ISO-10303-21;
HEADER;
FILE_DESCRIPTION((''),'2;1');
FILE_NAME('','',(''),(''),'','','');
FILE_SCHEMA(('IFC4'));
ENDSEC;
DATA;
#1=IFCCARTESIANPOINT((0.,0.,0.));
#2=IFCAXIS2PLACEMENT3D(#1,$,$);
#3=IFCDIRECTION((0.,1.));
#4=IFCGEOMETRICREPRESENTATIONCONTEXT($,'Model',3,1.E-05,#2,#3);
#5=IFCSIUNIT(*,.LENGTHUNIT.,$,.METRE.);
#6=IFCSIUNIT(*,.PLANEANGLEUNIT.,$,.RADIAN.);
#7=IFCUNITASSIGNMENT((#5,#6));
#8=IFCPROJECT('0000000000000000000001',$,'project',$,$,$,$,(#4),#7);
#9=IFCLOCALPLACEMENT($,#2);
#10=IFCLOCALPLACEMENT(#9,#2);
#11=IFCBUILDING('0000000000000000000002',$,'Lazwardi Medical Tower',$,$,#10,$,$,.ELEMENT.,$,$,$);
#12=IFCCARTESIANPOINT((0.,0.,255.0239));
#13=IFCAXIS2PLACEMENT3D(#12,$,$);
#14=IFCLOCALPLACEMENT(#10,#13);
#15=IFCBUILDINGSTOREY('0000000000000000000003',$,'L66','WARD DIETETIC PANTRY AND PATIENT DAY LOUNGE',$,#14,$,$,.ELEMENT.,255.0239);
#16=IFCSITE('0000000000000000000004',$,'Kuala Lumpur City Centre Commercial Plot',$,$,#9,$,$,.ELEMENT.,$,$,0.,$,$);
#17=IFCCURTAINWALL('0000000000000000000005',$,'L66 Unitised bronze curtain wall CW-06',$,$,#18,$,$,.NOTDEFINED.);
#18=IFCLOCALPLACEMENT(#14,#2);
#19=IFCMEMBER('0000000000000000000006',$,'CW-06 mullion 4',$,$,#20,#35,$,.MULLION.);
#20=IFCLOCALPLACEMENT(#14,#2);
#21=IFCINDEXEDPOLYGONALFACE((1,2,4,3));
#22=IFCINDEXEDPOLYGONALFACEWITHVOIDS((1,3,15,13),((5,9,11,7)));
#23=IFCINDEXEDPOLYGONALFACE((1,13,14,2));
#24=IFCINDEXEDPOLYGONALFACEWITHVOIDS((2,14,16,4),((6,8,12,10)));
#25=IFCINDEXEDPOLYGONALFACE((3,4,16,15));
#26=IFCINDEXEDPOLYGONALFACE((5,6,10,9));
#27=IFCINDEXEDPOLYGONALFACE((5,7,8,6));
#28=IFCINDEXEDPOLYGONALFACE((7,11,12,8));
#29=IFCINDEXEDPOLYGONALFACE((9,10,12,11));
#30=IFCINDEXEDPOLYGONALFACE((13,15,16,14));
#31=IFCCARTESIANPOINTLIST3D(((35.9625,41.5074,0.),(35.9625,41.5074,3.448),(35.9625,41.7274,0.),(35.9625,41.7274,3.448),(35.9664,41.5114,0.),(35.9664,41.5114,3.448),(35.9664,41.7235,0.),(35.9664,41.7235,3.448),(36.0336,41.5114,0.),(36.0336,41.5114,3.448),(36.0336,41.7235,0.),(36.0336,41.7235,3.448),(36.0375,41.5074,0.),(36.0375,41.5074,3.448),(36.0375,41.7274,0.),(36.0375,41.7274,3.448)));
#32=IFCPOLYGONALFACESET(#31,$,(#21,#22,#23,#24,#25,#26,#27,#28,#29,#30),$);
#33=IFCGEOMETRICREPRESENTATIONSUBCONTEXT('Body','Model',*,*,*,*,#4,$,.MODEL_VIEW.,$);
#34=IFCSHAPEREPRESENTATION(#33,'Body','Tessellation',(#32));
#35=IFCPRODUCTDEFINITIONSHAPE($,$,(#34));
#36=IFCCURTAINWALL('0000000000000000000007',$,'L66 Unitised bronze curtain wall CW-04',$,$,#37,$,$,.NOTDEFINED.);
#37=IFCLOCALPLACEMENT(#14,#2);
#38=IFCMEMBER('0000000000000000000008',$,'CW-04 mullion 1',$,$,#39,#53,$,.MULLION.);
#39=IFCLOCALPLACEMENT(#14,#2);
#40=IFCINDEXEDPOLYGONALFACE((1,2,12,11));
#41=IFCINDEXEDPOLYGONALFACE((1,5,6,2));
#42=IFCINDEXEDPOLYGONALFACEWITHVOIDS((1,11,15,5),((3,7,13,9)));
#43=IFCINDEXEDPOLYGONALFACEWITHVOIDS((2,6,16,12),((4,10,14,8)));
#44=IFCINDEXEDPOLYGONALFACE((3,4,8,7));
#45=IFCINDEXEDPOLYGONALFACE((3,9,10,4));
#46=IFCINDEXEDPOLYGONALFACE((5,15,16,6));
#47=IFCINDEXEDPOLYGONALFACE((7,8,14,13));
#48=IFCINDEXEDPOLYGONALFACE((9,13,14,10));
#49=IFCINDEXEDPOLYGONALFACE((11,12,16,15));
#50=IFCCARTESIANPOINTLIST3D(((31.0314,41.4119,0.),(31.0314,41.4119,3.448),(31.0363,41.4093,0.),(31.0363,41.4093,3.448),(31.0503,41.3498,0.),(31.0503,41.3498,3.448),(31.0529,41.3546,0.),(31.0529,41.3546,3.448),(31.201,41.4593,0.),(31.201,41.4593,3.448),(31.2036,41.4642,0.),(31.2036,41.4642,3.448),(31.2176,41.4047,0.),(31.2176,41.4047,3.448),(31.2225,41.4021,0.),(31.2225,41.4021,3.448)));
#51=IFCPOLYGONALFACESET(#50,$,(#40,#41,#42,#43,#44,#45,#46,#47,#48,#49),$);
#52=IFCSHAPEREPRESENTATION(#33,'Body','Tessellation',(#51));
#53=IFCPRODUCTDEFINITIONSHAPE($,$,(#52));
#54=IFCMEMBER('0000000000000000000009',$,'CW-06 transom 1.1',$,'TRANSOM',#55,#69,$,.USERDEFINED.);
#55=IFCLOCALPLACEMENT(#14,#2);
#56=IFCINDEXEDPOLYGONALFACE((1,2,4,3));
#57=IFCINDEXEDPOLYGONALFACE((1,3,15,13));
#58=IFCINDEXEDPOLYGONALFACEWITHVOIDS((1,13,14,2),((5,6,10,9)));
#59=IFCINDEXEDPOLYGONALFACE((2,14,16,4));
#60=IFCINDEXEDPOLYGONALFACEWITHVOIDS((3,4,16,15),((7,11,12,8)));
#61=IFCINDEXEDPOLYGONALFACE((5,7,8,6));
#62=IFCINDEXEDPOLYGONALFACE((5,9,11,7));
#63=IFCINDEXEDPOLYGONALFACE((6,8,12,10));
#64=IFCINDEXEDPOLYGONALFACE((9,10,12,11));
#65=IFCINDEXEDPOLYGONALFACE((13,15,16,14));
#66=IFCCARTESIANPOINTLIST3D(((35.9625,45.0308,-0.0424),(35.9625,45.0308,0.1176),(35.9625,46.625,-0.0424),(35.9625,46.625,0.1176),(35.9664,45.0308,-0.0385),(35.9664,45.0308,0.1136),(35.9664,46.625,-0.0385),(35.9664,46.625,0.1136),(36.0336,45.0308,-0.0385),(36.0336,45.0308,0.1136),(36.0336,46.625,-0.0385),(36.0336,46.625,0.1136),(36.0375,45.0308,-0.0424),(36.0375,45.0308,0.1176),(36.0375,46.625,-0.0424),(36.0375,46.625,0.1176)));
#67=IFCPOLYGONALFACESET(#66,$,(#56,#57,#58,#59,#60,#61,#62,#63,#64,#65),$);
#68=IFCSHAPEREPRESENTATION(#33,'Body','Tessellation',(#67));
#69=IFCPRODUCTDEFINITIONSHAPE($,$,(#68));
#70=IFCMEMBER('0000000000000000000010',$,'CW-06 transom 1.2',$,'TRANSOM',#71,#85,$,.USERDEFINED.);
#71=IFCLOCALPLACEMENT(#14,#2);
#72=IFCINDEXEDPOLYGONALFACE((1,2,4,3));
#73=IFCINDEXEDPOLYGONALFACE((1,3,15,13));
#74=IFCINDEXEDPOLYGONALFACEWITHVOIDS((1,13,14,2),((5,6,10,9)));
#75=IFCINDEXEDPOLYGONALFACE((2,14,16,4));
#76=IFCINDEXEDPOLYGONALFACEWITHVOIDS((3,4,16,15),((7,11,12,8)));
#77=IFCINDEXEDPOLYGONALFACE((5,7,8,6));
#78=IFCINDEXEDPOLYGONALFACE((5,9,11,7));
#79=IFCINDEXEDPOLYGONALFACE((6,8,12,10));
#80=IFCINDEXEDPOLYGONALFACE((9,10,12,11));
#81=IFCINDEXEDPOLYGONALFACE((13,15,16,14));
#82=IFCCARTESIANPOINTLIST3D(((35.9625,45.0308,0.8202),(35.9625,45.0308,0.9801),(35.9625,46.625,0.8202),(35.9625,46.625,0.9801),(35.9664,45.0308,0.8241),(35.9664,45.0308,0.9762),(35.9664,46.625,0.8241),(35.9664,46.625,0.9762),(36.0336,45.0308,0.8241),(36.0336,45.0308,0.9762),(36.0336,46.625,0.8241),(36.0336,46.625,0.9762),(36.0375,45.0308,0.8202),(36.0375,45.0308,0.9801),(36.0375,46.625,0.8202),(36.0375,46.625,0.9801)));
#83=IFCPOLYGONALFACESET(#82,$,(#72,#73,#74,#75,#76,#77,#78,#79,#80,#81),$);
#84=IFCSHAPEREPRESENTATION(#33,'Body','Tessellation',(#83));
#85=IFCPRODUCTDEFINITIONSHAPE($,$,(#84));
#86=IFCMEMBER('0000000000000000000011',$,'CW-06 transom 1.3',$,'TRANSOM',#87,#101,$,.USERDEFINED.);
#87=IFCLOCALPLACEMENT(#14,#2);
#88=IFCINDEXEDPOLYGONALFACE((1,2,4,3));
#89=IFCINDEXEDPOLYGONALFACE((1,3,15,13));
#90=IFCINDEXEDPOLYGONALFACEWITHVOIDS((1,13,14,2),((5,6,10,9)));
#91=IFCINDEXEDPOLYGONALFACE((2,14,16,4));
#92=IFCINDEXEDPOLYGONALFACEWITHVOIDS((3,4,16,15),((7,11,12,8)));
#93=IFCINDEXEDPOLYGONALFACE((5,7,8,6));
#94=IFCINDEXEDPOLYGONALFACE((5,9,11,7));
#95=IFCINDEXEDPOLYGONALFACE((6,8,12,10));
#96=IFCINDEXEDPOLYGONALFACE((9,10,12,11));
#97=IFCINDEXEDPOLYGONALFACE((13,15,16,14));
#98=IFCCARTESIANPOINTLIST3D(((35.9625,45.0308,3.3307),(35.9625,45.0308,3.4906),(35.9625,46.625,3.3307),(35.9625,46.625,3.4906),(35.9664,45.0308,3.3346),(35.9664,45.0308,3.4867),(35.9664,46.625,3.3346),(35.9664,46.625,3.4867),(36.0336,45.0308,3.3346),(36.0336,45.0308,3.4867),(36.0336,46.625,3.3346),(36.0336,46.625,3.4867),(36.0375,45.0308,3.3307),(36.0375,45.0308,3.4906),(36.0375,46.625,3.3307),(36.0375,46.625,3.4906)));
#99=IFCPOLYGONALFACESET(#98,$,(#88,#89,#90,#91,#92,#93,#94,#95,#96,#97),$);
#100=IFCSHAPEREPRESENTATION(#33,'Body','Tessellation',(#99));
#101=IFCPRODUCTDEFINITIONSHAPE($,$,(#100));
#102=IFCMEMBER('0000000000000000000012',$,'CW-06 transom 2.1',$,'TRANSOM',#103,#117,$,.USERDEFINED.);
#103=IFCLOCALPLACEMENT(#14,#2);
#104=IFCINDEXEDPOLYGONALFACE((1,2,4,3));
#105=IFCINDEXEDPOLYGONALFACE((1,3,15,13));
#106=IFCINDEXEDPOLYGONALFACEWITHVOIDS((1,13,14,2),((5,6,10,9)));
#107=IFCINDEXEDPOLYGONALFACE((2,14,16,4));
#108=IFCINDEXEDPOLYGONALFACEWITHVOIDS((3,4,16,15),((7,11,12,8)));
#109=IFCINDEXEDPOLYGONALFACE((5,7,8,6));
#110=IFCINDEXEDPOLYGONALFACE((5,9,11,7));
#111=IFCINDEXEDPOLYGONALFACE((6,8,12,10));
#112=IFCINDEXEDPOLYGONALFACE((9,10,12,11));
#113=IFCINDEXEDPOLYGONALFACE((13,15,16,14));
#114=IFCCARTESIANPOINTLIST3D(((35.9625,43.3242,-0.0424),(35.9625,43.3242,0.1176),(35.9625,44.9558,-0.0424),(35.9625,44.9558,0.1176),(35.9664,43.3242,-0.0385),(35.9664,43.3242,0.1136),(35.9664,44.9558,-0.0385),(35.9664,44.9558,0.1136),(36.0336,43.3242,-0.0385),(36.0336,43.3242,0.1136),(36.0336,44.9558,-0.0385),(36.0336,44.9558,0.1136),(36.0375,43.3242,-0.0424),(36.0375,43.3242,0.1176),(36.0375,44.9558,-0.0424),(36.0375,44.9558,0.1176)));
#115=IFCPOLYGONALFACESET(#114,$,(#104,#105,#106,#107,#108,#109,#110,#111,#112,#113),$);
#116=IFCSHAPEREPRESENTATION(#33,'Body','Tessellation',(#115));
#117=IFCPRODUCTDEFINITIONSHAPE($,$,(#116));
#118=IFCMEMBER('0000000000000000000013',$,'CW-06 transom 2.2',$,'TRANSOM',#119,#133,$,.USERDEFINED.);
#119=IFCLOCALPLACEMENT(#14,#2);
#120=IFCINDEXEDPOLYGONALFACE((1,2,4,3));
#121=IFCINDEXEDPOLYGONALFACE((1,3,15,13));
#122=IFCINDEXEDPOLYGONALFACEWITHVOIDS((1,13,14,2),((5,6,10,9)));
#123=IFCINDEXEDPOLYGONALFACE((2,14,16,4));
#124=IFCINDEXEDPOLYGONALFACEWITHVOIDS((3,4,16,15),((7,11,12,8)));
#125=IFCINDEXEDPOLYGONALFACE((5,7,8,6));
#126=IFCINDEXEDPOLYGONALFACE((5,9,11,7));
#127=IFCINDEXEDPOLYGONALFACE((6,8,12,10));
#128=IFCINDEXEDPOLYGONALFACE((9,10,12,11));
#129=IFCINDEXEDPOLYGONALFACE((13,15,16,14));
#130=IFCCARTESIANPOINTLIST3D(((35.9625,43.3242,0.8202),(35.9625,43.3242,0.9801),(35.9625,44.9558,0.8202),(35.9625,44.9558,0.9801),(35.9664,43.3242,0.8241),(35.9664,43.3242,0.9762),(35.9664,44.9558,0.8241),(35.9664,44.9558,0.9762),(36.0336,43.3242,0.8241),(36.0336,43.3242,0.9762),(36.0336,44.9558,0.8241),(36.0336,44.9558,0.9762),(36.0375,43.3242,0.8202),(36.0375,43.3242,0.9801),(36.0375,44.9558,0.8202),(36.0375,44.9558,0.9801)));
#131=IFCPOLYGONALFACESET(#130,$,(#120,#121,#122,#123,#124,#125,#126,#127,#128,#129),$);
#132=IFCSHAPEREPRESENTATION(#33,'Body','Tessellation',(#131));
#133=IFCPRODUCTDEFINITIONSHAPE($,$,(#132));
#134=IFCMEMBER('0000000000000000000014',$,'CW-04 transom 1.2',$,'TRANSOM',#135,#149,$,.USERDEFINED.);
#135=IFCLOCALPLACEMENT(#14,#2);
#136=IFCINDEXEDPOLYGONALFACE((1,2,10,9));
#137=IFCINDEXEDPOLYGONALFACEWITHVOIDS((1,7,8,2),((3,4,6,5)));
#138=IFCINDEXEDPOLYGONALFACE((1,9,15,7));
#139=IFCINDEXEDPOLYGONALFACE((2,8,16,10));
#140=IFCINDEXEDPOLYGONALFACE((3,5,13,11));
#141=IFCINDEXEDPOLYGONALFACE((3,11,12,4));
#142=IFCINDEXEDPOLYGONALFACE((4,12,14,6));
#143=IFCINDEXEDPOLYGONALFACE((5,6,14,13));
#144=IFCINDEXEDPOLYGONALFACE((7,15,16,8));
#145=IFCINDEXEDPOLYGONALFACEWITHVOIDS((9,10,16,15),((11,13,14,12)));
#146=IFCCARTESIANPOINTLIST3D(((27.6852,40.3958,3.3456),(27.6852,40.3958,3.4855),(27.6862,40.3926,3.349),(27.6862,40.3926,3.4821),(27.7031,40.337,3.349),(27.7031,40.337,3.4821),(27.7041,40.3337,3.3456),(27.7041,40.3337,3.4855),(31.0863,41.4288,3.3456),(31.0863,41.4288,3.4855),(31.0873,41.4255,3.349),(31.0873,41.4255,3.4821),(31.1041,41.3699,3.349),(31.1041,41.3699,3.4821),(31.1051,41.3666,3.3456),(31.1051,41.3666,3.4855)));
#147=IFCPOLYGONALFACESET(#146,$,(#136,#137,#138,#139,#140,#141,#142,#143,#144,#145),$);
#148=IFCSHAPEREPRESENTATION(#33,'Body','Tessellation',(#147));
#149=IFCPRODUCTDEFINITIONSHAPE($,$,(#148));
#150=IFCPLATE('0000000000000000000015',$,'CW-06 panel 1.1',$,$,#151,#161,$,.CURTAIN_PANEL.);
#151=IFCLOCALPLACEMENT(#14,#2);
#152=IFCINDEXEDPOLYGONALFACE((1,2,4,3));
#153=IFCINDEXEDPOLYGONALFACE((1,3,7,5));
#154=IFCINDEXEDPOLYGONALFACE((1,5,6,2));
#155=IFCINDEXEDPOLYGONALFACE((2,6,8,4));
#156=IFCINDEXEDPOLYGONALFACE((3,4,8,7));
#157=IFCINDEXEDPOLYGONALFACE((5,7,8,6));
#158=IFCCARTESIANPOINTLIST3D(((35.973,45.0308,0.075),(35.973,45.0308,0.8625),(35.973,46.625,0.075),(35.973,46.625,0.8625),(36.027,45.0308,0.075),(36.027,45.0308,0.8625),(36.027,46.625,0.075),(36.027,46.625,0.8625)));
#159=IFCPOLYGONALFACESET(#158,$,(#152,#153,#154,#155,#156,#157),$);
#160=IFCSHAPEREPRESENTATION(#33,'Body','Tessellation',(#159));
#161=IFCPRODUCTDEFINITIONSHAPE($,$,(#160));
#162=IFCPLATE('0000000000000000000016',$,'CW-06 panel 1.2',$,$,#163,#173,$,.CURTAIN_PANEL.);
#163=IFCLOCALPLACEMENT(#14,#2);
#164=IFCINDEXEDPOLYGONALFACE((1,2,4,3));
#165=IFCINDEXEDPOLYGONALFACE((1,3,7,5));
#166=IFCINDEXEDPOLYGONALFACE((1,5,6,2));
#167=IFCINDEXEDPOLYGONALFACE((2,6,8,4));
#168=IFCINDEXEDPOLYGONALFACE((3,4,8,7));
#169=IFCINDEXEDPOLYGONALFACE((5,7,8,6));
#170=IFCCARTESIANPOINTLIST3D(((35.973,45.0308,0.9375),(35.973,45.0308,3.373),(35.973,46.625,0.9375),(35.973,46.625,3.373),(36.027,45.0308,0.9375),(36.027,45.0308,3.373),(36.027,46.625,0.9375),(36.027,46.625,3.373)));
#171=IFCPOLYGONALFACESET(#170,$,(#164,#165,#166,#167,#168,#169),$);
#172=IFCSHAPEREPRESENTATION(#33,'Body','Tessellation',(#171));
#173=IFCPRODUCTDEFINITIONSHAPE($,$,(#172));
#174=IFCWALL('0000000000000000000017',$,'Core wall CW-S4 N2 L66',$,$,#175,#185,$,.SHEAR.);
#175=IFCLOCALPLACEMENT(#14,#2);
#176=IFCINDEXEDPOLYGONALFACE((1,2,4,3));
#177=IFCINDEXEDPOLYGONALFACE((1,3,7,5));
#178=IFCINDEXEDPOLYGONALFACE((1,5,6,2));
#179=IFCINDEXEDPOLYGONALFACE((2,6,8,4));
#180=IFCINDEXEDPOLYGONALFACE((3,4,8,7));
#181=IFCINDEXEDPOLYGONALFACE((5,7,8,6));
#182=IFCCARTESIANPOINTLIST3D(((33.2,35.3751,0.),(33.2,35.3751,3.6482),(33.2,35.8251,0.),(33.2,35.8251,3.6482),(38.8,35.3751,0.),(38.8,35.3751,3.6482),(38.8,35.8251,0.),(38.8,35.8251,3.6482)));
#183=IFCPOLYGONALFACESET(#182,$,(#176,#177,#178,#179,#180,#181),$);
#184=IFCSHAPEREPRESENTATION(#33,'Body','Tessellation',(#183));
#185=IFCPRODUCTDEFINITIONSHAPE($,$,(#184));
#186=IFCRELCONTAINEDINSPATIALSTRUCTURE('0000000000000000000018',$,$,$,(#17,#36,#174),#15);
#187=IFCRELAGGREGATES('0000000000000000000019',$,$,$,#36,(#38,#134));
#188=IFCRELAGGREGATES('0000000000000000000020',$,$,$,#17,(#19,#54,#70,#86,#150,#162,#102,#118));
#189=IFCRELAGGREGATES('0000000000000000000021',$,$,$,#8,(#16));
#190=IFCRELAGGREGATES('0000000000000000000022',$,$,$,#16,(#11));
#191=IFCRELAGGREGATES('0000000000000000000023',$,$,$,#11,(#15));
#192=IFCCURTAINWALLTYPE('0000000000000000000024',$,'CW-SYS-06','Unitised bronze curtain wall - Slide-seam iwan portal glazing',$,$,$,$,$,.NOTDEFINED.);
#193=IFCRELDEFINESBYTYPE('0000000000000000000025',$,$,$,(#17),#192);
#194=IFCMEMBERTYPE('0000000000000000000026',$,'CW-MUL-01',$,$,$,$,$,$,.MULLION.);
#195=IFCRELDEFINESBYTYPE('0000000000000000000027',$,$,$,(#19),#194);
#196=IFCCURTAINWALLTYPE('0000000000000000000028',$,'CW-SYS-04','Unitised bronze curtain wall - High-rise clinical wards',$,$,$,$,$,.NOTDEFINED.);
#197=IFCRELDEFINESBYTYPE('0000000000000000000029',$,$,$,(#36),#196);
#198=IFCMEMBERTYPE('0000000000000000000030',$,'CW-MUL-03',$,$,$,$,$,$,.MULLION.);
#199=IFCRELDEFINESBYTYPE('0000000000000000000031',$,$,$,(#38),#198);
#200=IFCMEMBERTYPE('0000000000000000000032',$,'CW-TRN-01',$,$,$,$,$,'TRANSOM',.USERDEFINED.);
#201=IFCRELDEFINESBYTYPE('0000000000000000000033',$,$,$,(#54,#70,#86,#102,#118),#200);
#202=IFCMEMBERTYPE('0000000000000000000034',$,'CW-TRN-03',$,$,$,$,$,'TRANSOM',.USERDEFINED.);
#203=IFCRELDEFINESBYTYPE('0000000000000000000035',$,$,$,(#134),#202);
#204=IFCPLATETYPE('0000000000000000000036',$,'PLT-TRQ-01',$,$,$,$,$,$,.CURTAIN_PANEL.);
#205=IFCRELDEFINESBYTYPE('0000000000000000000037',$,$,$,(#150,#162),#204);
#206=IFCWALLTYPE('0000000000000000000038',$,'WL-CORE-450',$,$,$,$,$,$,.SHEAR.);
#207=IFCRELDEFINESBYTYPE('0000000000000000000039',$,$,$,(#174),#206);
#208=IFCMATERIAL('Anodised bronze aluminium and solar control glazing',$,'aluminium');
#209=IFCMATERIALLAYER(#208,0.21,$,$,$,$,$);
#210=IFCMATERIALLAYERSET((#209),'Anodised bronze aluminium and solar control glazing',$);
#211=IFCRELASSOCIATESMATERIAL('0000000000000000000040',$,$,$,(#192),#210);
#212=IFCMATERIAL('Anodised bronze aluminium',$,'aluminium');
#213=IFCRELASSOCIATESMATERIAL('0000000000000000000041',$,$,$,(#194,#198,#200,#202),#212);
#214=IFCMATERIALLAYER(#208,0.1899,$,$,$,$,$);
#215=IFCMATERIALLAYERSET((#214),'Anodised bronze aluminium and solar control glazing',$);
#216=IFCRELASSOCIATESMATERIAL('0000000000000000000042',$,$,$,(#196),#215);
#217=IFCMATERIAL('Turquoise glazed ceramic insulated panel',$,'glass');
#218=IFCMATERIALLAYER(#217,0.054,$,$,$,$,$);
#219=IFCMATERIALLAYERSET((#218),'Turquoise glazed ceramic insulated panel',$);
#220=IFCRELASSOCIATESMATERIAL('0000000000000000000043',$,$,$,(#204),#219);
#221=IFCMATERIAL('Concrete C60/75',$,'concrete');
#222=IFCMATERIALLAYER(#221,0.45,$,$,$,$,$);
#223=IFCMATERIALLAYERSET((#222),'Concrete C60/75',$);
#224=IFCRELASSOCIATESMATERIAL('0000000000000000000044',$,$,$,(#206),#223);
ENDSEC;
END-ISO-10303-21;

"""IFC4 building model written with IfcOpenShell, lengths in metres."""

from ifc_helpers import new_model, si_unit, direction, frame, frame_2d, origin, origin_2d, place, context, subcontext, project, spatial, rectangle, hollow_rectangle, extrude, material, layer, layer_set, material_profile, profile_set, type_object, element, aggregate, save


model = new_model("IFC4")

# Units and contexts
model_context = context("Model", 3, precision=1e-05, world=origin(), true_north=direction((0.0, 1.0)))
body_context = subcontext(model_context, "Body", "Model", "MODEL_VIEW")
ifc_project = project(units=[si_unit("LENGTHUNIT", "METRE"), si_unit("PLANEANGLEUNIT", "RADIAN")], contexts=[model_context])

# Site, building, storey
site_placement = place(None, origin())
site = spatial("IfcSite", under=ifc_project, at=site_placement, Name="Kuala Lumpur City Centre Commercial Plot", CompositionType="ELEMENT", RefElevation=0.0)
building_placement = place(site_placement, origin())
building = spatial("IfcBuilding", under=site, at=building_placement, Name="Lazwardi Medical Tower", CompositionType="ELEMENT")
storey_placement = place(building_placement, frame((0.0, 0.0, 255.0239)))
storey = spatial("IfcBuildingStorey", under=building, at=storey_placement, Name="L66", Description="WARD DIETETIC PANTRY AND PATIENT DAY LOUNGE", CompositionType="ELEMENT", Elevation=255.0239)

# Shared definitions
ifc_material_1 = material(Name="Concrete C60/75", Category="concrete")

# Curtain wall, member
ifc_material_2 = material(Name="Anodised bronze aluminium and solar control glazing", Category="aluminium")
ifc_layer_1 = layer(ifc_material_2, 0.21)
ifc_layer_set_1 = layer_set([ifc_layer_1], Name="Anodised bronze aluminium and solar control glazing")
curtain_wall_type_1 = type_object("IfcCurtainWallType", Name="CW-SYS-06", Description="Unitised bronze curtain wall - Slide-seam iwan portal glazing", PredefinedType="NOTDEFINED", material=ifc_layer_set_1)
curtain_wall_1_placement = place(storey_placement, origin())
curtain_wall_1 = element("IfcCurtainWall", 1, at=curtain_wall_1_placement, inside=storey, type_object=curtain_wall_type_1, Name="L66 Unitised bronze curtain wall CW-06", PredefinedType="NOTDEFINED")
ifc_material_3 = material(Name="Anodised bronze aluminium", Category="aluminium")
ifc_material_profile_1 = material_profile(ifc_material_3, hollow_rectangle(XDim=0.075, YDim=0.22, WallThickness=0.0039, at=origin_2d()), Name="ALU-MULLION 220x75x4")
ifc_profile_set_1 = profile_set([ifc_material_profile_1], Name="Anodised bronze aluminium")
member_type_1 = type_object("IfcMemberType", Name="CW-MUL-01", PredefinedType="MULLION", material=ifc_profile_set_1)
member_1_placement = place(storey_placement, frame((36.0, 41.6174, 0.0), z_axis=(0.0, 0.0, 1.0), x_axis=(1.0, 0.0, 0.0)))
member_1 = element("IfcMember", 2, at=member_1_placement, type_object=member_type_1, Name="CW-06 mullion 4", PredefinedType="MULLION", context=body_context, shape_type="SweptSolid", body=[
    extrude(hollow_rectangle(XDim=0.075, YDim=0.22, WallThickness=0.0039, at=origin_2d()), origin(), (0.0, 0.0, 1.0), 3.448),
])

# Curtain wall, member
ifc_layer_2 = layer(ifc_material_2, 0.1899)
ifc_layer_set_2 = layer_set([ifc_layer_2], Name="Anodised bronze aluminium and solar control glazing")
curtain_wall_type_2 = type_object("IfcCurtainWallType", Name="CW-SYS-04", Description="Unitised bronze curtain wall - High-rise clinical wards", PredefinedType="NOTDEFINED", material=ifc_layer_set_2)
curtain_wall_2_placement = place(storey_placement, origin())
curtain_wall_2 = element("IfcCurtainWall", 3, at=curtain_wall_2_placement, inside=storey, type_object=curtain_wall_type_2, Name="L66 Unitised bronze curtain wall CW-04", PredefinedType="NOTDEFINED")
ifc_material_profile_2 = material_profile(ifc_material_3, hollow_rectangle(XDim=0.0649, YDim=0.1799, WallThickness=0.0039, at=origin_2d()), Name="ALU-MULLION 180x65x4")
ifc_profile_set_2 = profile_set([ifc_material_profile_2], Name="Anodised bronze aluminium")
member_type_2 = type_object("IfcMemberType", Name="CW-MUL-03", PredefinedType="MULLION", material=ifc_profile_set_2)
member_2_placement = place(storey_placement, frame((31.127, 41.407, 0.0), z_axis=(0.0, 0.0, 1.0), x_axis=(0.290582, -0.95685, 0.0)))
member_2 = element("IfcMember", 4, at=member_2_placement, type_object=member_type_2, Name="CW-04 mullion 1", PredefinedType="MULLION", context=body_context, shape_type="SweptSolid", body=[
    extrude(hollow_rectangle(XDim=0.0649, YDim=0.1799, WallThickness=0.0039, at=origin_2d()), origin(), (0.0, 0.0, 1.0), 3.448),
])

# Members
ifc_material_profile_3 = material_profile(ifc_material_3, hollow_rectangle(XDim=0.075, YDim=0.1599, WallThickness=0.0039, at=origin_2d()), Name="ALU-TRANSOM 160x75x4")
ifc_profile_set_3 = profile_set([ifc_material_profile_3], Name="Anodised bronze aluminium")
member_type_3 = type_object("IfcMemberType", Name="CW-TRN-01", ElementType="TRANSOM", PredefinedType="USERDEFINED", material=ifc_profile_set_3)
member_3_placement = place(storey_placement, frame((36.0, 46.625, 0.0376), z_axis=(0.0, -1.0, 0.0), x_axis=(1.0, 0.0, 0.0)))
member_3 = element("IfcMember", 5, at=member_3_placement, type_object=member_type_3, Name="CW-06 transom 1.1", ObjectType="TRANSOM", PredefinedType="USERDEFINED", context=body_context, shape_type="SweptSolid", body=[
    extrude(hollow_rectangle(XDim=0.075, YDim=0.1599, WallThickness=0.0039, at=origin_2d()), origin(), (0.0, 0.0, 1.0), 1.5942),
])
member_4_placement = place(storey_placement, frame((36.0, 46.625, 0.9001), z_axis=(0.0, -1.0, 0.0), x_axis=(1.0, 0.0, 0.0)))
member_4 = element("IfcMember", 6, at=member_4_placement, type_object=member_type_3, Name="CW-06 transom 1.2", ObjectType="TRANSOM", PredefinedType="USERDEFINED", context=body_context, shape_type="SweptSolid", body=[
    extrude(hollow_rectangle(XDim=0.075, YDim=0.1599, WallThickness=0.0039, at=origin_2d()), origin(), (0.0, 0.0, 1.0), 1.5942),
])
member_5_placement = place(storey_placement, frame((36.0, 46.625, 3.4106), z_axis=(0.0, -1.0, 0.0), x_axis=(1.0, 0.0, 0.0)))
member_5 = element("IfcMember", 7, at=member_5_placement, type_object=member_type_3, Name="CW-06 transom 1.3", ObjectType="TRANSOM", PredefinedType="USERDEFINED", context=body_context, shape_type="SweptSolid", body=[
    extrude(hollow_rectangle(XDim=0.075, YDim=0.1599, WallThickness=0.0039, at=origin_2d()), origin(), (0.0, 0.0, 1.0), 1.5942),
])
member_6_placement = place(storey_placement, frame((36.0, 44.9558, 0.0376), z_axis=(0.0, -1.0, 0.0), x_axis=(1.0, 0.0, 0.0)))
member_6 = element("IfcMember", 8, at=member_6_placement, type_object=member_type_3, Name="CW-06 transom 2.1", ObjectType="TRANSOM", PredefinedType="USERDEFINED", context=body_context, shape_type="SweptSolid", body=[
    extrude(hollow_rectangle(XDim=0.075, YDim=0.1599, WallThickness=0.0039, at=origin_2d()), origin(), (0.0, 0.0, 1.0), 1.6316),
])
member_7_placement = place(storey_placement, frame((36.0, 44.9558, 0.9001), z_axis=(0.0, -1.0, 0.0), x_axis=(1.0, 0.0, 0.0)))
member_7 = element("IfcMember", 9, at=member_7_placement, type_object=member_type_3, Name="CW-06 transom 2.2", ObjectType="TRANSOM", PredefinedType="USERDEFINED", context=body_context, shape_type="SweptSolid", body=[
    extrude(hollow_rectangle(XDim=0.075, YDim=0.1599, WallThickness=0.0039, at=origin_2d()), origin(), (0.0, 0.0, 1.0), 1.6316),
])
ifc_material_profile_4 = material_profile(ifc_material_3, hollow_rectangle(XDim=0.0649, YDim=0.1399, WallThickness=0.0034, at=origin_2d()), Name="ALU-TRANSOM 140x65x3.5")
ifc_profile_set_4 = profile_set([ifc_material_profile_4], Name="Anodised bronze aluminium")
member_type_4 = type_object("IfcMemberType", Name="CW-TRN-03", ElementType="TRANSOM", PredefinedType="USERDEFINED", material=ifc_profile_set_4)
member_8_placement = place(storey_placement, frame((31.0957, 41.3977, 3.4155), z_axis=(-0.956843, -0.290604, 0.0), x_axis=(0.290604, -0.956843, 0.0)))
member_8 = element("IfcMember", 10, at=member_8_placement, type_object=member_type_4, Name="CW-04 transom 1.2", ObjectType="TRANSOM", PredefinedType="USERDEFINED", context=body_context, shape_type="SweptSolid", body=[
    extrude(hollow_rectangle(XDim=0.0649, YDim=0.1399, WallThickness=0.0034, at=origin_2d()), origin(), (0.0, 0.0, 1.0), 3.5544),
])
aggregate(curtain_wall_2, [member_2, member_8])

# Plates
ifc_material_4 = material(Name="Turquoise glazed ceramic insulated panel", Category="glass")
ifc_layer_3 = layer(ifc_material_4, 0.054)
ifc_layer_set_3 = layer_set([ifc_layer_3], Name="Turquoise glazed ceramic insulated panel")
plate_type = type_object("IfcPlateType", Name="PLT-TRQ-01", PredefinedType="CURTAIN_PANEL", material=ifc_layer_set_3)
plate_1_placement = place(storey_placement, frame((36.0, 45.8279, 0.075), z_axis=(0.0, 0.0, 1.0), x_axis=(0.0, -1.0, 0.0)))
plate_1 = element("IfcPlate", 11, at=plate_1_placement, type_object=plate_type, Name="CW-06 panel 1.1", PredefinedType="CURTAIN_PANEL", context=body_context, shape_type="SweptSolid", body=[
    extrude(rectangle(XDim=1.5942, YDim=0.054, at=origin_2d()), origin(), (0.0, 0.0, 1.0), 0.7876),
])
plate_2_placement = place(storey_placement, frame((36.0, 45.8279, 0.9375), z_axis=(0.0, 0.0, 1.0), x_axis=(0.0, -1.0, 0.0)))
plate_2 = element("IfcPlate", 12, at=plate_2_placement, type_object=plate_type, Name="CW-06 panel 1.2", PredefinedType="CURTAIN_PANEL", context=body_context, shape_type="SweptSolid", body=[
    extrude(rectangle(XDim=1.5942, YDim=0.054, at=origin_2d()), origin(), (0.0, 0.0, 1.0), 2.4355),
])
aggregate(curtain_wall_1, [member_1, member_3, member_4, member_5, plate_1, plate_2, member_6, member_7])

# Wall
ifc_layer_4 = layer(ifc_material_1, 0.45)
ifc_layer_set_4 = layer_set([ifc_layer_4], Name="Concrete C60/75")
wall_type = type_object("IfcWallType", Name="WL-CORE-450", PredefinedType="SHEAR", material=ifc_layer_set_4)
wall_placement = place(storey_placement, frame((33.2, 35.6001, 0.0), z_axis=(0.0, 0.0, 1.0), x_axis=(1.0, 0.0, 0.0)))
element("IfcWall", 13, at=wall_placement, inside=storey, type_object=wall_type, Name="Core wall CW-S4 N2 L66", PredefinedType="SHEAR", context=body_context, shape_type="SweptSolid", body=[
    extrude(rectangle(XDim=5.6001, YDim=0.45, at=frame_2d((2.8, 0.0))), origin(), (0.0, 0.0, 1.0), 3.6482),
])

save(model, "model.ifc")
